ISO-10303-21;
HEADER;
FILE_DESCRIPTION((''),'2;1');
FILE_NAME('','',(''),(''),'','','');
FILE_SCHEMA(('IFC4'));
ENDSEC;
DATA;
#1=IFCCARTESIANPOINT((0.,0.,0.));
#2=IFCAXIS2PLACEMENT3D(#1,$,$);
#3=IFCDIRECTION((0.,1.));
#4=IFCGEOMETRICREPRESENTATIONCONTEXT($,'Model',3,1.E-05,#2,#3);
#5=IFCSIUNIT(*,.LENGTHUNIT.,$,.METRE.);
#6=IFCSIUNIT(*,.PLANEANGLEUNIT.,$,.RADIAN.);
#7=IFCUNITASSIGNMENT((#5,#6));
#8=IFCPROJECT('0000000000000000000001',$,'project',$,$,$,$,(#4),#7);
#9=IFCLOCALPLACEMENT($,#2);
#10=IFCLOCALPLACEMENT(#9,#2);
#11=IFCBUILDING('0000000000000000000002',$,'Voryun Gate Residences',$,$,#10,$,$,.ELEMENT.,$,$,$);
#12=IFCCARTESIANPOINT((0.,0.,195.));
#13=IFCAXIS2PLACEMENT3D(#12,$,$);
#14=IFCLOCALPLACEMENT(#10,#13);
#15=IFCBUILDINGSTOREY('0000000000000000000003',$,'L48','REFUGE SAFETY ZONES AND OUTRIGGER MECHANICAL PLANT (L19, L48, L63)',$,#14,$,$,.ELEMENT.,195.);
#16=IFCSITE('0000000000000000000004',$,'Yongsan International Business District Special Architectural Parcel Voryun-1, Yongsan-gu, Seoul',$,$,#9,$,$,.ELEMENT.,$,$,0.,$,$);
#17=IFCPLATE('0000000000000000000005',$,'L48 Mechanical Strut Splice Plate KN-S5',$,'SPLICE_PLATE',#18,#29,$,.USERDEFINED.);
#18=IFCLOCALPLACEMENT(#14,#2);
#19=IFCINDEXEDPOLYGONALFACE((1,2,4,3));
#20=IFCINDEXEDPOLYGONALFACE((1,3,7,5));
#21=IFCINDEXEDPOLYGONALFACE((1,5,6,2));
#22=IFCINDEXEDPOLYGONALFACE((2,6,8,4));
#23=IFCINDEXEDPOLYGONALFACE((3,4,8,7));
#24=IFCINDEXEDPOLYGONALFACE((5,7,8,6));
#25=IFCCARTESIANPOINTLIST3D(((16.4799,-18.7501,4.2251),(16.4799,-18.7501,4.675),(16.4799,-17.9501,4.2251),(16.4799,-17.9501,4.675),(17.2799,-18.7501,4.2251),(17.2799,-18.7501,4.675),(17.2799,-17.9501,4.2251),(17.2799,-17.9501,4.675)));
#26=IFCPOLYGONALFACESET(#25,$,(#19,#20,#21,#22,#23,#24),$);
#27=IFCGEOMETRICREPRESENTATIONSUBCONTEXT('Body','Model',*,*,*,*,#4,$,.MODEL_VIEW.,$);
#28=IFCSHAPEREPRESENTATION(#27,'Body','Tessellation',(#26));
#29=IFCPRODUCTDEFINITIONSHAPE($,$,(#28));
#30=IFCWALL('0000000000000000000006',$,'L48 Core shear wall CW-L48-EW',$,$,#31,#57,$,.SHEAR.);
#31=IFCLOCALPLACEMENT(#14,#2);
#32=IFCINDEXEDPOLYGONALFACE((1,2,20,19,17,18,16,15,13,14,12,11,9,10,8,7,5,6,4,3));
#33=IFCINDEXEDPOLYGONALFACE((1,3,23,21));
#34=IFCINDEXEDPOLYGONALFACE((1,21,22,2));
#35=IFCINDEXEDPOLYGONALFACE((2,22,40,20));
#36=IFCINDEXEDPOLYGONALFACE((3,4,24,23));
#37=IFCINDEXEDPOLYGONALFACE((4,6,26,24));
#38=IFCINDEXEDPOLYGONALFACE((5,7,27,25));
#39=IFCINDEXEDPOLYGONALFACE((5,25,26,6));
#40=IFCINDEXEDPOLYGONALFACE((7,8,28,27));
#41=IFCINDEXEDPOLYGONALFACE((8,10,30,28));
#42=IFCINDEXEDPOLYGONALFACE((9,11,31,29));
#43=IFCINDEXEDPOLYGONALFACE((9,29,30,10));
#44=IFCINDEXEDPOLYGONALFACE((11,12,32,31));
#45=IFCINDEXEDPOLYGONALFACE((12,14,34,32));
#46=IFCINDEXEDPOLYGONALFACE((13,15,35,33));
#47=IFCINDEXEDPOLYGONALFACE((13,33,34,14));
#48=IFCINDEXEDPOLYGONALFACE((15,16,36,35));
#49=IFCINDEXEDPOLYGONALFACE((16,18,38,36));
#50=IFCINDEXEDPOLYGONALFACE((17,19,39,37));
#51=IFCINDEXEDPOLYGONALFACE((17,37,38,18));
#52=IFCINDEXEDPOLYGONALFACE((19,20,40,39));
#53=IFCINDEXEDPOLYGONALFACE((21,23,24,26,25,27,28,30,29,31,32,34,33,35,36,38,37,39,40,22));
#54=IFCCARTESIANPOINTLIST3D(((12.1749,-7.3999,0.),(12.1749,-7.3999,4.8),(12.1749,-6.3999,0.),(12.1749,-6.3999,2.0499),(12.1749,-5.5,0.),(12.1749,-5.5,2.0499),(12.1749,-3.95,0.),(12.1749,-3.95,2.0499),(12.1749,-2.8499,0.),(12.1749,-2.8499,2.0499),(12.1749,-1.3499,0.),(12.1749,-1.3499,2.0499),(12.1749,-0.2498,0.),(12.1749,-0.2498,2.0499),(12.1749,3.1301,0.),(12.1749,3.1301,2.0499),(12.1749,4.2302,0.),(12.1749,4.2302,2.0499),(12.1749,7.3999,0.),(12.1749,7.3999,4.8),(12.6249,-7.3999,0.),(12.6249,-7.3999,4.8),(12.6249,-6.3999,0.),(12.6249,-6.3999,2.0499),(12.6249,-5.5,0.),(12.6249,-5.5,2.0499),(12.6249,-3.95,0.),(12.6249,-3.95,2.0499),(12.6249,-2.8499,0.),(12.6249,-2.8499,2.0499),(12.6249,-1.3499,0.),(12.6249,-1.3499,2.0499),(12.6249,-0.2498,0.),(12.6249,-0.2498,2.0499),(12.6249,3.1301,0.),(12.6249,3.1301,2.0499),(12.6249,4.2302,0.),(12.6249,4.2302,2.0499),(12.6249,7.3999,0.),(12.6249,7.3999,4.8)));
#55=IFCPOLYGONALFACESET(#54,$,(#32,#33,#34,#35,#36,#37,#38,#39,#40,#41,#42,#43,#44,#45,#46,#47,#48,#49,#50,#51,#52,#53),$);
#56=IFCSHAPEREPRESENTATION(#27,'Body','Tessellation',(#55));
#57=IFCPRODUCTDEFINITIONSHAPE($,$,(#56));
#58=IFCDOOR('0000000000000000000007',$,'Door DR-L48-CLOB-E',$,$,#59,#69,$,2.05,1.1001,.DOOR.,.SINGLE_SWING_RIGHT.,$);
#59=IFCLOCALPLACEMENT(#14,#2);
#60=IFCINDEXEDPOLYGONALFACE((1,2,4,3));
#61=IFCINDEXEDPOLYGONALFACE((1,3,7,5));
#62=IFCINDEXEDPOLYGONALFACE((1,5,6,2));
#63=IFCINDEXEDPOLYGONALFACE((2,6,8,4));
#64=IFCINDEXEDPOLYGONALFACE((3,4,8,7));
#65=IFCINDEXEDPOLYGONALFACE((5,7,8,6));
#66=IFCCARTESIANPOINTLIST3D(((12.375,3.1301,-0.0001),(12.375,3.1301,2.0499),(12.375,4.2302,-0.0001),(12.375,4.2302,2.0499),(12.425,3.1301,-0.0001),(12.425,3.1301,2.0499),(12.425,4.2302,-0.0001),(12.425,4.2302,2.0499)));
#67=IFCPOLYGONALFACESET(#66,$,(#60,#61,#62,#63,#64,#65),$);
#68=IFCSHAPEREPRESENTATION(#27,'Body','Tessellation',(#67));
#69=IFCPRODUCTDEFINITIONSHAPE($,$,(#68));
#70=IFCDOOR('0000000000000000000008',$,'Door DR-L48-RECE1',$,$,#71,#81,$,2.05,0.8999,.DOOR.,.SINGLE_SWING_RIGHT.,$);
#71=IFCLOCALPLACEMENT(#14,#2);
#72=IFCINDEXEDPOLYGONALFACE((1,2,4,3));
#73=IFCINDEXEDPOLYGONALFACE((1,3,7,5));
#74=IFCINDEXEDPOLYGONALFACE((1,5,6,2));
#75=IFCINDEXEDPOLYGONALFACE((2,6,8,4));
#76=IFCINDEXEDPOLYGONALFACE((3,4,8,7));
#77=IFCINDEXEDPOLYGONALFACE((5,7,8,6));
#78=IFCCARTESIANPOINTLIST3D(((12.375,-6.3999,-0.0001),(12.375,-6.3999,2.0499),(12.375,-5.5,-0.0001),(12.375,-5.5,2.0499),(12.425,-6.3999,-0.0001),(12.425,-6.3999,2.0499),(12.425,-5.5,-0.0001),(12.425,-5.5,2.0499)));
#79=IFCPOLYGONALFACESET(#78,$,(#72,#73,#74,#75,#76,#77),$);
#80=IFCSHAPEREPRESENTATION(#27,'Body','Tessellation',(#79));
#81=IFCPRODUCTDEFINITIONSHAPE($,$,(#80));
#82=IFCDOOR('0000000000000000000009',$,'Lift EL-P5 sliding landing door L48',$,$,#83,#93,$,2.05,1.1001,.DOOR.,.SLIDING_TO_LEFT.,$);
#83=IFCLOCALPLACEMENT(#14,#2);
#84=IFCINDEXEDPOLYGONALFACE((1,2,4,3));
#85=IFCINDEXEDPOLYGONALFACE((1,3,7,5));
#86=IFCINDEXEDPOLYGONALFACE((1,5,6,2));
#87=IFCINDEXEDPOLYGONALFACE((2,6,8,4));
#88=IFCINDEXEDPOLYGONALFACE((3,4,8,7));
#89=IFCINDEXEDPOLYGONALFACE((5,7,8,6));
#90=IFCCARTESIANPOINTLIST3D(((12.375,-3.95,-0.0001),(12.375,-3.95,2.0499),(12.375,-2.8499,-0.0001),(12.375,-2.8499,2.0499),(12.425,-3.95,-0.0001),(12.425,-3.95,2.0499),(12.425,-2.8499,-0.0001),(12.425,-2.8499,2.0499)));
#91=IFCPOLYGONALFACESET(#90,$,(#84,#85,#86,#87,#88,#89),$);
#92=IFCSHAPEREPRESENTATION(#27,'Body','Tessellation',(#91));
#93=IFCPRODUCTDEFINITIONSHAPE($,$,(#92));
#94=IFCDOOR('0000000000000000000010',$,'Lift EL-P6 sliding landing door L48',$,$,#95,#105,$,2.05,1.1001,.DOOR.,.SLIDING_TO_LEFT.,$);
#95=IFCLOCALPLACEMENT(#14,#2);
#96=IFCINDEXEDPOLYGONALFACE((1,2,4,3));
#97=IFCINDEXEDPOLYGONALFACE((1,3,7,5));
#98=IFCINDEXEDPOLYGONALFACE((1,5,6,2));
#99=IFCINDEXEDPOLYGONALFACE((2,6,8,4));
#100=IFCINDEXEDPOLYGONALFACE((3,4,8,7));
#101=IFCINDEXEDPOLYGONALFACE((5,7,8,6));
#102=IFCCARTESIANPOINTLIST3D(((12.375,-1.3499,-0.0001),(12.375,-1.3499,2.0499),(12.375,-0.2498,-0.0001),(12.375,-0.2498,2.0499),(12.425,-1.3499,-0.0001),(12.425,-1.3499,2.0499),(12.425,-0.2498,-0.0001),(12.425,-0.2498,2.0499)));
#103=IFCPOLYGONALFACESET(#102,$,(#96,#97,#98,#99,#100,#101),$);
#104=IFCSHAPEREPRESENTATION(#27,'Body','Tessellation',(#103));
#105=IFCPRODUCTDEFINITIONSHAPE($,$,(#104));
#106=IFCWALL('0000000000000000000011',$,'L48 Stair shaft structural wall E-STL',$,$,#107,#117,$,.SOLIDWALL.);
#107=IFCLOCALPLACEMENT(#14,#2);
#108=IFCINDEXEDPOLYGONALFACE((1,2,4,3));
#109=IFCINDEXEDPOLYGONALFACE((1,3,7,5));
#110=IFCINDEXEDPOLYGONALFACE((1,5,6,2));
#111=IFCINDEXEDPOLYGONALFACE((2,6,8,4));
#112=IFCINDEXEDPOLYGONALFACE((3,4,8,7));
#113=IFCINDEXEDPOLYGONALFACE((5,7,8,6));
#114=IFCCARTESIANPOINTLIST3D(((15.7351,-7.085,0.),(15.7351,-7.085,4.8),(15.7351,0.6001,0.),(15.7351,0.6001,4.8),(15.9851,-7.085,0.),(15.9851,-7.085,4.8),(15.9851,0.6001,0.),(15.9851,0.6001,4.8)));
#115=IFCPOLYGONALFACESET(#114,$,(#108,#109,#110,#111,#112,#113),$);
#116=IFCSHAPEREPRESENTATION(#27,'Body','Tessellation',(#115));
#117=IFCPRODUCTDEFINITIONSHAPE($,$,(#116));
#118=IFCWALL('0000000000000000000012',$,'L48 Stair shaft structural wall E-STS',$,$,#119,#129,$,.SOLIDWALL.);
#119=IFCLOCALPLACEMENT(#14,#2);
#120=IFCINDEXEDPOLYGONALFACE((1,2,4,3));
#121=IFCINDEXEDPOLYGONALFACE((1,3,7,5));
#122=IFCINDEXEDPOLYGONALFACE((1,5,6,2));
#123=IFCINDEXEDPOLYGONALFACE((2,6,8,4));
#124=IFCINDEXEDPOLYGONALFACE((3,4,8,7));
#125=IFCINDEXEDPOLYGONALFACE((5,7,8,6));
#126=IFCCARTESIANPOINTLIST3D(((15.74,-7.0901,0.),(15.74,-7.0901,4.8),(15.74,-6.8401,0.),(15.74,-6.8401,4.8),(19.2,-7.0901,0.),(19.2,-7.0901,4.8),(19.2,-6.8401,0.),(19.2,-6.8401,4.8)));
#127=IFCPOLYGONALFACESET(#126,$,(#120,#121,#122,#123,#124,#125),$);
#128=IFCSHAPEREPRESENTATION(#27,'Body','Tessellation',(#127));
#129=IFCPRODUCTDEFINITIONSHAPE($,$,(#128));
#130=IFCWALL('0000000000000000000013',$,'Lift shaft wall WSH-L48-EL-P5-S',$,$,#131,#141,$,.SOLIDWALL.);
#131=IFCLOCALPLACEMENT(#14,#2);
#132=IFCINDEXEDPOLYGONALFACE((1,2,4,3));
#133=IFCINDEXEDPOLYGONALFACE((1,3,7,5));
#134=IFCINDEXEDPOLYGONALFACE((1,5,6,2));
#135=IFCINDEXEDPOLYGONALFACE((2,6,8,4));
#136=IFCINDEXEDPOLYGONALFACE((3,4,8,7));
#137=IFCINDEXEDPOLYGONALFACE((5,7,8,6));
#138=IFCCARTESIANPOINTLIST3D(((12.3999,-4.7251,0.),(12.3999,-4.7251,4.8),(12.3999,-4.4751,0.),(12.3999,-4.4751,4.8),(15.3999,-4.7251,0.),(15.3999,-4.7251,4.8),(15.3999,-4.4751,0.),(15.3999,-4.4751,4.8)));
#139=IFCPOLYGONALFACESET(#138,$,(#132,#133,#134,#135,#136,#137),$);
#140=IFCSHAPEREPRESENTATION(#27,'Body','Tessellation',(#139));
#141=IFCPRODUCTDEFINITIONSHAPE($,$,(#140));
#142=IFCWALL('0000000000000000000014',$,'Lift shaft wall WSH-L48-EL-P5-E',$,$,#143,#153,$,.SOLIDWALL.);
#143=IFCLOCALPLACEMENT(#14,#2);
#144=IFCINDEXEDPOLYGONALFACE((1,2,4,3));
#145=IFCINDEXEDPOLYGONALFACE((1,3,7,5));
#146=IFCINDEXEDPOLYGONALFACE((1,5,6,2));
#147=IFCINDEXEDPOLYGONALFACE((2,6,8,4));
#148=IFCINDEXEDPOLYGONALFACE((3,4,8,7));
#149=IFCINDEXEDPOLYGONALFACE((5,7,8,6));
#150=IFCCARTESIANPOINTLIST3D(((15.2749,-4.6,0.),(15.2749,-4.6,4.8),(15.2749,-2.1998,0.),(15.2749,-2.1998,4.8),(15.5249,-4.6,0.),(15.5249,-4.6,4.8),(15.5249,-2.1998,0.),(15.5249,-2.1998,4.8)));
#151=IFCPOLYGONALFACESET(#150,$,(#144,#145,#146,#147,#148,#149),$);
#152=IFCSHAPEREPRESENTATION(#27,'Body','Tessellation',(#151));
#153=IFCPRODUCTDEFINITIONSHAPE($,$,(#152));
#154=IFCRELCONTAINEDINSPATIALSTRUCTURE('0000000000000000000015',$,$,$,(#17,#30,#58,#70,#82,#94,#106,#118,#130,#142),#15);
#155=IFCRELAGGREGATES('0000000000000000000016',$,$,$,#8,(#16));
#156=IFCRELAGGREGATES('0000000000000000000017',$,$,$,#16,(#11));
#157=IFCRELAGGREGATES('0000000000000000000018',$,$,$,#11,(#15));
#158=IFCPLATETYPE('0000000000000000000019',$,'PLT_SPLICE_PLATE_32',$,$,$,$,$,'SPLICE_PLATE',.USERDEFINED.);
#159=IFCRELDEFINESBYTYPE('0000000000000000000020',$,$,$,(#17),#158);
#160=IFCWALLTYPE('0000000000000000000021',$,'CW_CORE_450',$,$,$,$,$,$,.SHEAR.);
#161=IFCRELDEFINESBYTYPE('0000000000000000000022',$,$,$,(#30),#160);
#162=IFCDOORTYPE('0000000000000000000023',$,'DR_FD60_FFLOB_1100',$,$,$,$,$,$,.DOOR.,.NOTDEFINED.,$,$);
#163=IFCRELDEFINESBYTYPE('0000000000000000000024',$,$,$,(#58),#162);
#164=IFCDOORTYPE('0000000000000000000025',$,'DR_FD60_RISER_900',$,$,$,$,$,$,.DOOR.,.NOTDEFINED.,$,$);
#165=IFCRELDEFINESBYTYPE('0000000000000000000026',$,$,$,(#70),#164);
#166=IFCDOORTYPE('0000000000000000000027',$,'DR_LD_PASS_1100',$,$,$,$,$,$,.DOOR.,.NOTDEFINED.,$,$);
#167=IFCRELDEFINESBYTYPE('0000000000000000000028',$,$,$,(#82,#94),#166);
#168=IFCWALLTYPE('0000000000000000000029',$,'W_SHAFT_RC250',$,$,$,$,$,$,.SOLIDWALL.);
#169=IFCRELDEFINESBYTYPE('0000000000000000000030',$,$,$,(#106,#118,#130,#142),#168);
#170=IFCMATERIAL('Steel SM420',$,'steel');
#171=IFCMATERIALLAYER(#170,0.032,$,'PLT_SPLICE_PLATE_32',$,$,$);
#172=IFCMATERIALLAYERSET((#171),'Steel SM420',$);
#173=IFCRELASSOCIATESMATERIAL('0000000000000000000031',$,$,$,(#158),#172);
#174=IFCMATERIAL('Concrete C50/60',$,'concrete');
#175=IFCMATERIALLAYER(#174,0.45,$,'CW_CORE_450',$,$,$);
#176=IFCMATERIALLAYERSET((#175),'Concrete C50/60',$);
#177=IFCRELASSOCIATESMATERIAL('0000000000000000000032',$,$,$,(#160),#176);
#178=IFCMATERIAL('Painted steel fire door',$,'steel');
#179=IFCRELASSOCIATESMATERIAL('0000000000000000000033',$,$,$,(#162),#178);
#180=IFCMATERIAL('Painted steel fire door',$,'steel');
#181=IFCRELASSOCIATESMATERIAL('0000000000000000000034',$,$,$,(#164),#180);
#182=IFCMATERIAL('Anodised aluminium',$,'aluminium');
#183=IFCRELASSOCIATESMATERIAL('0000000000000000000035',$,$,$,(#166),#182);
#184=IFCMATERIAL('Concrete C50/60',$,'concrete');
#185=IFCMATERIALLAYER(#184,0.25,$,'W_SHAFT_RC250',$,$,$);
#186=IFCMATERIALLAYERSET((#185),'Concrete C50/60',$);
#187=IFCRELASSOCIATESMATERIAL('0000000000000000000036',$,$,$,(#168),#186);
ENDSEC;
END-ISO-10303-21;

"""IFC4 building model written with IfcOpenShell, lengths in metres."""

from ifc_helpers import new_model, si_unit, direction, frame, frame_2d, origin, origin_2d, place, context, subcontext, project, spatial, rectangle, extrude, material, layer, layer_set, type_object, element, fill, save


model = new_model("IFC4")

# Units and contexts
model_context = context("Model", 3, precision=1e-05, world=origin(), true_north=direction((0.0, 1.0)))
body_context = subcontext(model_context, "Body", "Model", "MODEL_VIEW")
ifc_project = project(units=[si_unit("LENGTHUNIT", "METRE"), si_unit("PLANEANGLEUNIT", "RADIAN")], contexts=[model_context])

# Site, building, storey
site_placement = place(None, origin())
site = spatial("IfcSite", under=ifc_project, at=site_placement, Name="Yongsan International Business District Special Architectural Parcel Voryun-1, Yongsan-gu, Seoul", CompositionType="ELEMENT", RefElevation=0.0)
building_placement = place(site_placement, origin())
building = spatial("IfcBuilding", under=site, at=building_placement, Name="Voryun Gate Residences", CompositionType="ELEMENT")
storey_placement = place(building_placement, frame((0.0, 0.0, 195.0)))
storey = spatial("IfcBuildingStorey", under=building, at=storey_placement, Name="L48", Description="REFUGE SAFETY ZONES AND OUTRIGGER MECHANICAL PLANT (L19, L48, L63)", CompositionType="ELEMENT", Elevation=195.0)

# Plate
ifc_material_1 = material(Name="Steel SM420", Category="steel")
ifc_layer_1 = layer(ifc_material_1, 0.032, Name="PLT_SPLICE_PLATE_32")
ifc_layer_set_1 = layer_set([ifc_layer_1], Name="Steel SM420")
plate_type_1 = type_object("IfcPlateType", Name="PLT_SPLICE_PLATE_32", ElementType="SPLICE_PLATE", PredefinedType="USERDEFINED", material=ifc_layer_set_1)
plate_1_placement = place(storey_placement, frame((16.8799, -18.3501, 4.2251), z_axis=(0.0, 0.0, 1.0), x_axis=(1.0, 0.0, 0.0)))
element("IfcPlate", 1, at=plate_1_placement, inside=storey, type_object=plate_type_1, Name="L48 Mechanical Strut Splice Plate KN-S5", ObjectType="SPLICE_PLATE", PredefinedType="USERDEFINED", context=body_context, shape_type="SweptSolid", body=[
    extrude(rectangle(XDim=0.8, YDim=0.8, at=origin_2d()), origin(), (0.0, 0.0, 1.0), 0.45),
])

# Wall, openings, doors
ifc_material_2 = material(Name="Concrete C50/60", Category="concrete")
ifc_layer_2 = layer(ifc_material_2, 0.45, Name="CW_CORE_450")
ifc_layer_set_2 = layer_set([ifc_layer_2], Name="Concrete C50/60")
wall_type_1 = type_object("IfcWallType", Name="CW_CORE_450", PredefinedType="SHEAR", material=ifc_layer_set_2)
wall_1_placement = place(storey_placement, frame((12.3999, -7.3999, 0.0), z_axis=(0.0, 0.0, 1.0), x_axis=(0.0, 1.0, 0.0)))
wall_1 = element("IfcWall", 2, at=wall_1_placement, inside=storey, type_object=wall_type_1, Name="L48 Core shear wall CW-L48-EW", PredefinedType="SHEAR", context=body_context, shape_type="SweptSolid", body=[
    extrude(rectangle(XDim=14.7998, YDim=0.45, at=frame_2d((7.3999, 0.0))), origin(), (0.0, 0.0, 1.0), 4.8),
])
opening_1_placement = place(wall_1_placement, frame((3.45, 0.0, 0.0)))
opening_1 = element("IfcOpeningElement", 3, at=opening_1_placement, cuts=wall_1, PredefinedType="OPENING", context=body_context, shape_type="SweptSolid", body=[
    extrude(rectangle(XDim=1.1001, YDim=2.05, at=frame_2d((0.55, 1.0249))), frame((0.0, 0.2351, 0.0), z_axis=(0.0, -1.0, 0.0), x_axis=(1.0, 0.0, 0.0)), (0.0, 0.0, 1.0), 0.47),
])
opening_2_placement = place(wall_1_placement, frame((6.05, 0.0, 0.0)))
opening_2 = element("IfcOpeningElement", 4, at=opening_2_placement, cuts=wall_1, PredefinedType="OPENING", context=body_context, shape_type="SweptSolid", body=[
    extrude(rectangle(XDim=1.1001, YDim=2.05, at=frame_2d((0.55, 1.0249))), frame((0.0, 0.2351, 0.0), z_axis=(0.0, -1.0, 0.0), x_axis=(1.0, 0.0, 0.0)), (0.0, 0.0, 1.0), 0.47),
])
opening_3_placement = place(wall_1_placement, frame((10.53, 0.0, 0.0)))
opening_3 = element("IfcOpeningElement", 5, at=opening_3_placement, cuts=wall_1, PredefinedType="OPENING", context=body_context, shape_type="SweptSolid", body=[
    extrude(rectangle(XDim=1.1001, YDim=2.05, at=frame_2d((0.55, 1.0249))), frame((0.0, 0.2351, 0.0), z_axis=(0.0, -1.0, 0.0), x_axis=(1.0, 0.0, 0.0)), (0.0, 0.0, 1.0), 0.47),
])
opening_4_placement = place(wall_1_placement, frame((1.0, 0.0, 0.0)))
opening_4 = element("IfcOpeningElement", 6, at=opening_4_placement, cuts=wall_1, PredefinedType="OPENING", context=body_context, shape_type="SweptSolid", body=[
    extrude(rectangle(XDim=0.8999, YDim=2.05, at=frame_2d((0.45, 1.0249))), frame((0.0, 0.2351, 0.0), z_axis=(0.0, -1.0, 0.0), x_axis=(1.0, 0.0, 0.0)), (0.0, 0.0, 1.0), 0.47),
])
ifc_material_3 = material(Name="Painted steel fire door", Category="steel")
door_type_1 = type_object("IfcDoorType", Name="DR_FD60_FFLOB_1100", OperationType="NOTDEFINED", PredefinedType="DOOR", material=ifc_material_3)
door_1_placement = place(opening_3_placement, origin())
door_1 = element("IfcDoor", 7, at=door_1_placement, inside=storey, type_object=door_type_1, Name="Door DR-L48-CLOB-E", OperationType="SINGLE_SWING_RIGHT", OverallHeight=2.05, OverallWidth=1.1001, PredefinedType="DOOR", context=body_context, shape_type="SweptSolid", body=[
    extrude(rectangle(XDim=1.1001, YDim=2.05, at=frame_2d((0.55, 1.0249))), frame((0.0, 0.0249, 0.0), z_axis=(0.0, -1.0, 0.0), x_axis=(1.0, 0.0, 0.0)), (0.0, 0.0, 1.0), 0.05),
])
fill(opening_3, door_1)
ifc_material_4 = material(Name="Painted steel fire door", Category="steel")
door_type_2 = type_object("IfcDoorType", Name="DR_FD60_RISER_900", OperationType="NOTDEFINED", PredefinedType="DOOR", material=ifc_material_4)
door_2_placement = place(opening_4_placement, origin())
door_2 = element("IfcDoor", 8, at=door_2_placement, inside=storey, type_object=door_type_2, Name="Door DR-L48-RECE1", OperationType="SINGLE_SWING_RIGHT", OverallHeight=2.05, OverallWidth=0.8999, PredefinedType="DOOR", context=body_context, shape_type="SweptSolid", body=[
    extrude(rectangle(XDim=0.8999, YDim=2.05, at=frame_2d((0.45, 1.0249))), frame((0.0, 0.0249, 0.0), z_axis=(0.0, -1.0, 0.0), x_axis=(1.0, 0.0, 0.0)), (0.0, 0.0, 1.0), 0.05),
])
fill(opening_4, door_2)
ifc_material_5 = material(Name="Anodised aluminium", Category="aluminium")
door_type_3 = type_object("IfcDoorType", Name="DR_LD_PASS_1100", OperationType="NOTDEFINED", PredefinedType="DOOR", material=ifc_material_5)
door_3_placement = place(opening_1_placement, origin())
door_3 = element("IfcDoor", 9, at=door_3_placement, inside=storey, type_object=door_type_3, Name="Lift EL-P5 sliding landing door L48", OperationType="SLIDING_TO_LEFT", OverallHeight=2.05, OverallWidth=1.1001, PredefinedType="DOOR", context=body_context, shape_type="SweptSolid", body=[
    extrude(rectangle(XDim=1.1001, YDim=2.05, at=frame_2d((0.55, 1.0249))), frame((0.0, 0.0249, 0.0), z_axis=(0.0, -1.0, 0.0), x_axis=(1.0, 0.0, 0.0)), (0.0, 0.0, 1.0), 0.05),
])
fill(opening_1, door_3)
door_4_placement = place(opening_2_placement, origin())
door_4 = element("IfcDoor", 10, at=door_4_placement, inside=storey, type_object=door_type_3, Name="Lift EL-P6 sliding landing door L48", OperationType="SLIDING_TO_LEFT", OverallHeight=2.05, OverallWidth=1.1001, PredefinedType="DOOR", context=body_context, shape_type="SweptSolid", body=[
    extrude(rectangle(XDim=1.1001, YDim=2.05, at=frame_2d((0.55, 1.0249))), frame((0.0, 0.0249, 0.0), z_axis=(0.0, -1.0, 0.0), x_axis=(1.0, 0.0, 0.0)), (0.0, 0.0, 1.0), 0.05),
])
fill(opening_2, door_4)

# Walls
ifc_material_6 = material(Name="Concrete C50/60", Category="concrete")
ifc_layer_3 = layer(ifc_material_6, 0.25, Name="W_SHAFT_RC250")
ifc_layer_set_3 = layer_set([ifc_layer_3], Name="Concrete C50/60")
wall_type_2 = type_object("IfcWallType", Name="W_SHAFT_RC250", PredefinedType="SOLIDWALL", material=ifc_layer_set_3)
wall_2_placement = place(storey_placement, frame((15.8601, -7.085, 0.0), z_axis=(0.0, 0.0, 1.0), x_axis=(0.0, 1.0, 0.0)))
element("IfcWall", 11, at=wall_2_placement, inside=storey, type_object=wall_type_2, Name="L48 Stair shaft structural wall E-STL", PredefinedType="SOLIDWALL", context=body_context, shape_type="SweptSolid", body=[
    extrude(rectangle(XDim=7.6851, YDim=0.25, at=frame_2d((3.8425, 0.0))), origin(), (0.0, 0.0, 1.0), 4.8),
])
wall_3_placement = place(storey_placement, frame((15.74, -6.9651, 0.0), z_axis=(0.0, 0.0, 1.0), x_axis=(1.0, 0.0, 0.0)))
element("IfcWall", 12, at=wall_3_placement, inside=storey, type_object=wall_type_2, Name="L48 Stair shaft structural wall E-STS", PredefinedType="SOLIDWALL", context=body_context, shape_type="SweptSolid", body=[
    extrude(rectangle(XDim=3.46, YDim=0.25, at=frame_2d((1.73, 0.0))), origin(), (0.0, 0.0, 1.0), 4.8),
])
wall_4_placement = place(storey_placement, frame((12.3999, -4.6001, 0.0), z_axis=(0.0, 0.0, 1.0), x_axis=(1.0, 0.0, 0.0)))
element("IfcWall", 13, at=wall_4_placement, inside=storey, type_object=wall_type_2, Name="Lift shaft wall WSH-L48-EL-P5-S", PredefinedType="SOLIDWALL", context=body_context, shape_type="SweptSolid", body=[
    extrude(rectangle(XDim=3.0, YDim=0.25, at=frame_2d((1.5, 0.0))), origin(), (0.0, 0.0, 1.0), 4.8),
])
wall_5_placement = place(storey_placement, frame((15.3999, -4.6001, 0.0), z_axis=(0.0, 0.0, 1.0), x_axis=(0.0, 1.0, 0.0)))
element("IfcWall", 14, at=wall_5_placement, inside=storey, type_object=wall_type_2, Name="Lift shaft wall WSH-L48-EL-P5-E", PredefinedType="SOLIDWALL", context=body_context, shape_type="SweptSolid", body=[
    extrude(rectangle(XDim=2.4001, YDim=0.25, at=frame_2d((1.2002, 0.0))), origin(), (0.0, 0.0, 1.0), 4.8),
])

save(model, "model.ifc")
